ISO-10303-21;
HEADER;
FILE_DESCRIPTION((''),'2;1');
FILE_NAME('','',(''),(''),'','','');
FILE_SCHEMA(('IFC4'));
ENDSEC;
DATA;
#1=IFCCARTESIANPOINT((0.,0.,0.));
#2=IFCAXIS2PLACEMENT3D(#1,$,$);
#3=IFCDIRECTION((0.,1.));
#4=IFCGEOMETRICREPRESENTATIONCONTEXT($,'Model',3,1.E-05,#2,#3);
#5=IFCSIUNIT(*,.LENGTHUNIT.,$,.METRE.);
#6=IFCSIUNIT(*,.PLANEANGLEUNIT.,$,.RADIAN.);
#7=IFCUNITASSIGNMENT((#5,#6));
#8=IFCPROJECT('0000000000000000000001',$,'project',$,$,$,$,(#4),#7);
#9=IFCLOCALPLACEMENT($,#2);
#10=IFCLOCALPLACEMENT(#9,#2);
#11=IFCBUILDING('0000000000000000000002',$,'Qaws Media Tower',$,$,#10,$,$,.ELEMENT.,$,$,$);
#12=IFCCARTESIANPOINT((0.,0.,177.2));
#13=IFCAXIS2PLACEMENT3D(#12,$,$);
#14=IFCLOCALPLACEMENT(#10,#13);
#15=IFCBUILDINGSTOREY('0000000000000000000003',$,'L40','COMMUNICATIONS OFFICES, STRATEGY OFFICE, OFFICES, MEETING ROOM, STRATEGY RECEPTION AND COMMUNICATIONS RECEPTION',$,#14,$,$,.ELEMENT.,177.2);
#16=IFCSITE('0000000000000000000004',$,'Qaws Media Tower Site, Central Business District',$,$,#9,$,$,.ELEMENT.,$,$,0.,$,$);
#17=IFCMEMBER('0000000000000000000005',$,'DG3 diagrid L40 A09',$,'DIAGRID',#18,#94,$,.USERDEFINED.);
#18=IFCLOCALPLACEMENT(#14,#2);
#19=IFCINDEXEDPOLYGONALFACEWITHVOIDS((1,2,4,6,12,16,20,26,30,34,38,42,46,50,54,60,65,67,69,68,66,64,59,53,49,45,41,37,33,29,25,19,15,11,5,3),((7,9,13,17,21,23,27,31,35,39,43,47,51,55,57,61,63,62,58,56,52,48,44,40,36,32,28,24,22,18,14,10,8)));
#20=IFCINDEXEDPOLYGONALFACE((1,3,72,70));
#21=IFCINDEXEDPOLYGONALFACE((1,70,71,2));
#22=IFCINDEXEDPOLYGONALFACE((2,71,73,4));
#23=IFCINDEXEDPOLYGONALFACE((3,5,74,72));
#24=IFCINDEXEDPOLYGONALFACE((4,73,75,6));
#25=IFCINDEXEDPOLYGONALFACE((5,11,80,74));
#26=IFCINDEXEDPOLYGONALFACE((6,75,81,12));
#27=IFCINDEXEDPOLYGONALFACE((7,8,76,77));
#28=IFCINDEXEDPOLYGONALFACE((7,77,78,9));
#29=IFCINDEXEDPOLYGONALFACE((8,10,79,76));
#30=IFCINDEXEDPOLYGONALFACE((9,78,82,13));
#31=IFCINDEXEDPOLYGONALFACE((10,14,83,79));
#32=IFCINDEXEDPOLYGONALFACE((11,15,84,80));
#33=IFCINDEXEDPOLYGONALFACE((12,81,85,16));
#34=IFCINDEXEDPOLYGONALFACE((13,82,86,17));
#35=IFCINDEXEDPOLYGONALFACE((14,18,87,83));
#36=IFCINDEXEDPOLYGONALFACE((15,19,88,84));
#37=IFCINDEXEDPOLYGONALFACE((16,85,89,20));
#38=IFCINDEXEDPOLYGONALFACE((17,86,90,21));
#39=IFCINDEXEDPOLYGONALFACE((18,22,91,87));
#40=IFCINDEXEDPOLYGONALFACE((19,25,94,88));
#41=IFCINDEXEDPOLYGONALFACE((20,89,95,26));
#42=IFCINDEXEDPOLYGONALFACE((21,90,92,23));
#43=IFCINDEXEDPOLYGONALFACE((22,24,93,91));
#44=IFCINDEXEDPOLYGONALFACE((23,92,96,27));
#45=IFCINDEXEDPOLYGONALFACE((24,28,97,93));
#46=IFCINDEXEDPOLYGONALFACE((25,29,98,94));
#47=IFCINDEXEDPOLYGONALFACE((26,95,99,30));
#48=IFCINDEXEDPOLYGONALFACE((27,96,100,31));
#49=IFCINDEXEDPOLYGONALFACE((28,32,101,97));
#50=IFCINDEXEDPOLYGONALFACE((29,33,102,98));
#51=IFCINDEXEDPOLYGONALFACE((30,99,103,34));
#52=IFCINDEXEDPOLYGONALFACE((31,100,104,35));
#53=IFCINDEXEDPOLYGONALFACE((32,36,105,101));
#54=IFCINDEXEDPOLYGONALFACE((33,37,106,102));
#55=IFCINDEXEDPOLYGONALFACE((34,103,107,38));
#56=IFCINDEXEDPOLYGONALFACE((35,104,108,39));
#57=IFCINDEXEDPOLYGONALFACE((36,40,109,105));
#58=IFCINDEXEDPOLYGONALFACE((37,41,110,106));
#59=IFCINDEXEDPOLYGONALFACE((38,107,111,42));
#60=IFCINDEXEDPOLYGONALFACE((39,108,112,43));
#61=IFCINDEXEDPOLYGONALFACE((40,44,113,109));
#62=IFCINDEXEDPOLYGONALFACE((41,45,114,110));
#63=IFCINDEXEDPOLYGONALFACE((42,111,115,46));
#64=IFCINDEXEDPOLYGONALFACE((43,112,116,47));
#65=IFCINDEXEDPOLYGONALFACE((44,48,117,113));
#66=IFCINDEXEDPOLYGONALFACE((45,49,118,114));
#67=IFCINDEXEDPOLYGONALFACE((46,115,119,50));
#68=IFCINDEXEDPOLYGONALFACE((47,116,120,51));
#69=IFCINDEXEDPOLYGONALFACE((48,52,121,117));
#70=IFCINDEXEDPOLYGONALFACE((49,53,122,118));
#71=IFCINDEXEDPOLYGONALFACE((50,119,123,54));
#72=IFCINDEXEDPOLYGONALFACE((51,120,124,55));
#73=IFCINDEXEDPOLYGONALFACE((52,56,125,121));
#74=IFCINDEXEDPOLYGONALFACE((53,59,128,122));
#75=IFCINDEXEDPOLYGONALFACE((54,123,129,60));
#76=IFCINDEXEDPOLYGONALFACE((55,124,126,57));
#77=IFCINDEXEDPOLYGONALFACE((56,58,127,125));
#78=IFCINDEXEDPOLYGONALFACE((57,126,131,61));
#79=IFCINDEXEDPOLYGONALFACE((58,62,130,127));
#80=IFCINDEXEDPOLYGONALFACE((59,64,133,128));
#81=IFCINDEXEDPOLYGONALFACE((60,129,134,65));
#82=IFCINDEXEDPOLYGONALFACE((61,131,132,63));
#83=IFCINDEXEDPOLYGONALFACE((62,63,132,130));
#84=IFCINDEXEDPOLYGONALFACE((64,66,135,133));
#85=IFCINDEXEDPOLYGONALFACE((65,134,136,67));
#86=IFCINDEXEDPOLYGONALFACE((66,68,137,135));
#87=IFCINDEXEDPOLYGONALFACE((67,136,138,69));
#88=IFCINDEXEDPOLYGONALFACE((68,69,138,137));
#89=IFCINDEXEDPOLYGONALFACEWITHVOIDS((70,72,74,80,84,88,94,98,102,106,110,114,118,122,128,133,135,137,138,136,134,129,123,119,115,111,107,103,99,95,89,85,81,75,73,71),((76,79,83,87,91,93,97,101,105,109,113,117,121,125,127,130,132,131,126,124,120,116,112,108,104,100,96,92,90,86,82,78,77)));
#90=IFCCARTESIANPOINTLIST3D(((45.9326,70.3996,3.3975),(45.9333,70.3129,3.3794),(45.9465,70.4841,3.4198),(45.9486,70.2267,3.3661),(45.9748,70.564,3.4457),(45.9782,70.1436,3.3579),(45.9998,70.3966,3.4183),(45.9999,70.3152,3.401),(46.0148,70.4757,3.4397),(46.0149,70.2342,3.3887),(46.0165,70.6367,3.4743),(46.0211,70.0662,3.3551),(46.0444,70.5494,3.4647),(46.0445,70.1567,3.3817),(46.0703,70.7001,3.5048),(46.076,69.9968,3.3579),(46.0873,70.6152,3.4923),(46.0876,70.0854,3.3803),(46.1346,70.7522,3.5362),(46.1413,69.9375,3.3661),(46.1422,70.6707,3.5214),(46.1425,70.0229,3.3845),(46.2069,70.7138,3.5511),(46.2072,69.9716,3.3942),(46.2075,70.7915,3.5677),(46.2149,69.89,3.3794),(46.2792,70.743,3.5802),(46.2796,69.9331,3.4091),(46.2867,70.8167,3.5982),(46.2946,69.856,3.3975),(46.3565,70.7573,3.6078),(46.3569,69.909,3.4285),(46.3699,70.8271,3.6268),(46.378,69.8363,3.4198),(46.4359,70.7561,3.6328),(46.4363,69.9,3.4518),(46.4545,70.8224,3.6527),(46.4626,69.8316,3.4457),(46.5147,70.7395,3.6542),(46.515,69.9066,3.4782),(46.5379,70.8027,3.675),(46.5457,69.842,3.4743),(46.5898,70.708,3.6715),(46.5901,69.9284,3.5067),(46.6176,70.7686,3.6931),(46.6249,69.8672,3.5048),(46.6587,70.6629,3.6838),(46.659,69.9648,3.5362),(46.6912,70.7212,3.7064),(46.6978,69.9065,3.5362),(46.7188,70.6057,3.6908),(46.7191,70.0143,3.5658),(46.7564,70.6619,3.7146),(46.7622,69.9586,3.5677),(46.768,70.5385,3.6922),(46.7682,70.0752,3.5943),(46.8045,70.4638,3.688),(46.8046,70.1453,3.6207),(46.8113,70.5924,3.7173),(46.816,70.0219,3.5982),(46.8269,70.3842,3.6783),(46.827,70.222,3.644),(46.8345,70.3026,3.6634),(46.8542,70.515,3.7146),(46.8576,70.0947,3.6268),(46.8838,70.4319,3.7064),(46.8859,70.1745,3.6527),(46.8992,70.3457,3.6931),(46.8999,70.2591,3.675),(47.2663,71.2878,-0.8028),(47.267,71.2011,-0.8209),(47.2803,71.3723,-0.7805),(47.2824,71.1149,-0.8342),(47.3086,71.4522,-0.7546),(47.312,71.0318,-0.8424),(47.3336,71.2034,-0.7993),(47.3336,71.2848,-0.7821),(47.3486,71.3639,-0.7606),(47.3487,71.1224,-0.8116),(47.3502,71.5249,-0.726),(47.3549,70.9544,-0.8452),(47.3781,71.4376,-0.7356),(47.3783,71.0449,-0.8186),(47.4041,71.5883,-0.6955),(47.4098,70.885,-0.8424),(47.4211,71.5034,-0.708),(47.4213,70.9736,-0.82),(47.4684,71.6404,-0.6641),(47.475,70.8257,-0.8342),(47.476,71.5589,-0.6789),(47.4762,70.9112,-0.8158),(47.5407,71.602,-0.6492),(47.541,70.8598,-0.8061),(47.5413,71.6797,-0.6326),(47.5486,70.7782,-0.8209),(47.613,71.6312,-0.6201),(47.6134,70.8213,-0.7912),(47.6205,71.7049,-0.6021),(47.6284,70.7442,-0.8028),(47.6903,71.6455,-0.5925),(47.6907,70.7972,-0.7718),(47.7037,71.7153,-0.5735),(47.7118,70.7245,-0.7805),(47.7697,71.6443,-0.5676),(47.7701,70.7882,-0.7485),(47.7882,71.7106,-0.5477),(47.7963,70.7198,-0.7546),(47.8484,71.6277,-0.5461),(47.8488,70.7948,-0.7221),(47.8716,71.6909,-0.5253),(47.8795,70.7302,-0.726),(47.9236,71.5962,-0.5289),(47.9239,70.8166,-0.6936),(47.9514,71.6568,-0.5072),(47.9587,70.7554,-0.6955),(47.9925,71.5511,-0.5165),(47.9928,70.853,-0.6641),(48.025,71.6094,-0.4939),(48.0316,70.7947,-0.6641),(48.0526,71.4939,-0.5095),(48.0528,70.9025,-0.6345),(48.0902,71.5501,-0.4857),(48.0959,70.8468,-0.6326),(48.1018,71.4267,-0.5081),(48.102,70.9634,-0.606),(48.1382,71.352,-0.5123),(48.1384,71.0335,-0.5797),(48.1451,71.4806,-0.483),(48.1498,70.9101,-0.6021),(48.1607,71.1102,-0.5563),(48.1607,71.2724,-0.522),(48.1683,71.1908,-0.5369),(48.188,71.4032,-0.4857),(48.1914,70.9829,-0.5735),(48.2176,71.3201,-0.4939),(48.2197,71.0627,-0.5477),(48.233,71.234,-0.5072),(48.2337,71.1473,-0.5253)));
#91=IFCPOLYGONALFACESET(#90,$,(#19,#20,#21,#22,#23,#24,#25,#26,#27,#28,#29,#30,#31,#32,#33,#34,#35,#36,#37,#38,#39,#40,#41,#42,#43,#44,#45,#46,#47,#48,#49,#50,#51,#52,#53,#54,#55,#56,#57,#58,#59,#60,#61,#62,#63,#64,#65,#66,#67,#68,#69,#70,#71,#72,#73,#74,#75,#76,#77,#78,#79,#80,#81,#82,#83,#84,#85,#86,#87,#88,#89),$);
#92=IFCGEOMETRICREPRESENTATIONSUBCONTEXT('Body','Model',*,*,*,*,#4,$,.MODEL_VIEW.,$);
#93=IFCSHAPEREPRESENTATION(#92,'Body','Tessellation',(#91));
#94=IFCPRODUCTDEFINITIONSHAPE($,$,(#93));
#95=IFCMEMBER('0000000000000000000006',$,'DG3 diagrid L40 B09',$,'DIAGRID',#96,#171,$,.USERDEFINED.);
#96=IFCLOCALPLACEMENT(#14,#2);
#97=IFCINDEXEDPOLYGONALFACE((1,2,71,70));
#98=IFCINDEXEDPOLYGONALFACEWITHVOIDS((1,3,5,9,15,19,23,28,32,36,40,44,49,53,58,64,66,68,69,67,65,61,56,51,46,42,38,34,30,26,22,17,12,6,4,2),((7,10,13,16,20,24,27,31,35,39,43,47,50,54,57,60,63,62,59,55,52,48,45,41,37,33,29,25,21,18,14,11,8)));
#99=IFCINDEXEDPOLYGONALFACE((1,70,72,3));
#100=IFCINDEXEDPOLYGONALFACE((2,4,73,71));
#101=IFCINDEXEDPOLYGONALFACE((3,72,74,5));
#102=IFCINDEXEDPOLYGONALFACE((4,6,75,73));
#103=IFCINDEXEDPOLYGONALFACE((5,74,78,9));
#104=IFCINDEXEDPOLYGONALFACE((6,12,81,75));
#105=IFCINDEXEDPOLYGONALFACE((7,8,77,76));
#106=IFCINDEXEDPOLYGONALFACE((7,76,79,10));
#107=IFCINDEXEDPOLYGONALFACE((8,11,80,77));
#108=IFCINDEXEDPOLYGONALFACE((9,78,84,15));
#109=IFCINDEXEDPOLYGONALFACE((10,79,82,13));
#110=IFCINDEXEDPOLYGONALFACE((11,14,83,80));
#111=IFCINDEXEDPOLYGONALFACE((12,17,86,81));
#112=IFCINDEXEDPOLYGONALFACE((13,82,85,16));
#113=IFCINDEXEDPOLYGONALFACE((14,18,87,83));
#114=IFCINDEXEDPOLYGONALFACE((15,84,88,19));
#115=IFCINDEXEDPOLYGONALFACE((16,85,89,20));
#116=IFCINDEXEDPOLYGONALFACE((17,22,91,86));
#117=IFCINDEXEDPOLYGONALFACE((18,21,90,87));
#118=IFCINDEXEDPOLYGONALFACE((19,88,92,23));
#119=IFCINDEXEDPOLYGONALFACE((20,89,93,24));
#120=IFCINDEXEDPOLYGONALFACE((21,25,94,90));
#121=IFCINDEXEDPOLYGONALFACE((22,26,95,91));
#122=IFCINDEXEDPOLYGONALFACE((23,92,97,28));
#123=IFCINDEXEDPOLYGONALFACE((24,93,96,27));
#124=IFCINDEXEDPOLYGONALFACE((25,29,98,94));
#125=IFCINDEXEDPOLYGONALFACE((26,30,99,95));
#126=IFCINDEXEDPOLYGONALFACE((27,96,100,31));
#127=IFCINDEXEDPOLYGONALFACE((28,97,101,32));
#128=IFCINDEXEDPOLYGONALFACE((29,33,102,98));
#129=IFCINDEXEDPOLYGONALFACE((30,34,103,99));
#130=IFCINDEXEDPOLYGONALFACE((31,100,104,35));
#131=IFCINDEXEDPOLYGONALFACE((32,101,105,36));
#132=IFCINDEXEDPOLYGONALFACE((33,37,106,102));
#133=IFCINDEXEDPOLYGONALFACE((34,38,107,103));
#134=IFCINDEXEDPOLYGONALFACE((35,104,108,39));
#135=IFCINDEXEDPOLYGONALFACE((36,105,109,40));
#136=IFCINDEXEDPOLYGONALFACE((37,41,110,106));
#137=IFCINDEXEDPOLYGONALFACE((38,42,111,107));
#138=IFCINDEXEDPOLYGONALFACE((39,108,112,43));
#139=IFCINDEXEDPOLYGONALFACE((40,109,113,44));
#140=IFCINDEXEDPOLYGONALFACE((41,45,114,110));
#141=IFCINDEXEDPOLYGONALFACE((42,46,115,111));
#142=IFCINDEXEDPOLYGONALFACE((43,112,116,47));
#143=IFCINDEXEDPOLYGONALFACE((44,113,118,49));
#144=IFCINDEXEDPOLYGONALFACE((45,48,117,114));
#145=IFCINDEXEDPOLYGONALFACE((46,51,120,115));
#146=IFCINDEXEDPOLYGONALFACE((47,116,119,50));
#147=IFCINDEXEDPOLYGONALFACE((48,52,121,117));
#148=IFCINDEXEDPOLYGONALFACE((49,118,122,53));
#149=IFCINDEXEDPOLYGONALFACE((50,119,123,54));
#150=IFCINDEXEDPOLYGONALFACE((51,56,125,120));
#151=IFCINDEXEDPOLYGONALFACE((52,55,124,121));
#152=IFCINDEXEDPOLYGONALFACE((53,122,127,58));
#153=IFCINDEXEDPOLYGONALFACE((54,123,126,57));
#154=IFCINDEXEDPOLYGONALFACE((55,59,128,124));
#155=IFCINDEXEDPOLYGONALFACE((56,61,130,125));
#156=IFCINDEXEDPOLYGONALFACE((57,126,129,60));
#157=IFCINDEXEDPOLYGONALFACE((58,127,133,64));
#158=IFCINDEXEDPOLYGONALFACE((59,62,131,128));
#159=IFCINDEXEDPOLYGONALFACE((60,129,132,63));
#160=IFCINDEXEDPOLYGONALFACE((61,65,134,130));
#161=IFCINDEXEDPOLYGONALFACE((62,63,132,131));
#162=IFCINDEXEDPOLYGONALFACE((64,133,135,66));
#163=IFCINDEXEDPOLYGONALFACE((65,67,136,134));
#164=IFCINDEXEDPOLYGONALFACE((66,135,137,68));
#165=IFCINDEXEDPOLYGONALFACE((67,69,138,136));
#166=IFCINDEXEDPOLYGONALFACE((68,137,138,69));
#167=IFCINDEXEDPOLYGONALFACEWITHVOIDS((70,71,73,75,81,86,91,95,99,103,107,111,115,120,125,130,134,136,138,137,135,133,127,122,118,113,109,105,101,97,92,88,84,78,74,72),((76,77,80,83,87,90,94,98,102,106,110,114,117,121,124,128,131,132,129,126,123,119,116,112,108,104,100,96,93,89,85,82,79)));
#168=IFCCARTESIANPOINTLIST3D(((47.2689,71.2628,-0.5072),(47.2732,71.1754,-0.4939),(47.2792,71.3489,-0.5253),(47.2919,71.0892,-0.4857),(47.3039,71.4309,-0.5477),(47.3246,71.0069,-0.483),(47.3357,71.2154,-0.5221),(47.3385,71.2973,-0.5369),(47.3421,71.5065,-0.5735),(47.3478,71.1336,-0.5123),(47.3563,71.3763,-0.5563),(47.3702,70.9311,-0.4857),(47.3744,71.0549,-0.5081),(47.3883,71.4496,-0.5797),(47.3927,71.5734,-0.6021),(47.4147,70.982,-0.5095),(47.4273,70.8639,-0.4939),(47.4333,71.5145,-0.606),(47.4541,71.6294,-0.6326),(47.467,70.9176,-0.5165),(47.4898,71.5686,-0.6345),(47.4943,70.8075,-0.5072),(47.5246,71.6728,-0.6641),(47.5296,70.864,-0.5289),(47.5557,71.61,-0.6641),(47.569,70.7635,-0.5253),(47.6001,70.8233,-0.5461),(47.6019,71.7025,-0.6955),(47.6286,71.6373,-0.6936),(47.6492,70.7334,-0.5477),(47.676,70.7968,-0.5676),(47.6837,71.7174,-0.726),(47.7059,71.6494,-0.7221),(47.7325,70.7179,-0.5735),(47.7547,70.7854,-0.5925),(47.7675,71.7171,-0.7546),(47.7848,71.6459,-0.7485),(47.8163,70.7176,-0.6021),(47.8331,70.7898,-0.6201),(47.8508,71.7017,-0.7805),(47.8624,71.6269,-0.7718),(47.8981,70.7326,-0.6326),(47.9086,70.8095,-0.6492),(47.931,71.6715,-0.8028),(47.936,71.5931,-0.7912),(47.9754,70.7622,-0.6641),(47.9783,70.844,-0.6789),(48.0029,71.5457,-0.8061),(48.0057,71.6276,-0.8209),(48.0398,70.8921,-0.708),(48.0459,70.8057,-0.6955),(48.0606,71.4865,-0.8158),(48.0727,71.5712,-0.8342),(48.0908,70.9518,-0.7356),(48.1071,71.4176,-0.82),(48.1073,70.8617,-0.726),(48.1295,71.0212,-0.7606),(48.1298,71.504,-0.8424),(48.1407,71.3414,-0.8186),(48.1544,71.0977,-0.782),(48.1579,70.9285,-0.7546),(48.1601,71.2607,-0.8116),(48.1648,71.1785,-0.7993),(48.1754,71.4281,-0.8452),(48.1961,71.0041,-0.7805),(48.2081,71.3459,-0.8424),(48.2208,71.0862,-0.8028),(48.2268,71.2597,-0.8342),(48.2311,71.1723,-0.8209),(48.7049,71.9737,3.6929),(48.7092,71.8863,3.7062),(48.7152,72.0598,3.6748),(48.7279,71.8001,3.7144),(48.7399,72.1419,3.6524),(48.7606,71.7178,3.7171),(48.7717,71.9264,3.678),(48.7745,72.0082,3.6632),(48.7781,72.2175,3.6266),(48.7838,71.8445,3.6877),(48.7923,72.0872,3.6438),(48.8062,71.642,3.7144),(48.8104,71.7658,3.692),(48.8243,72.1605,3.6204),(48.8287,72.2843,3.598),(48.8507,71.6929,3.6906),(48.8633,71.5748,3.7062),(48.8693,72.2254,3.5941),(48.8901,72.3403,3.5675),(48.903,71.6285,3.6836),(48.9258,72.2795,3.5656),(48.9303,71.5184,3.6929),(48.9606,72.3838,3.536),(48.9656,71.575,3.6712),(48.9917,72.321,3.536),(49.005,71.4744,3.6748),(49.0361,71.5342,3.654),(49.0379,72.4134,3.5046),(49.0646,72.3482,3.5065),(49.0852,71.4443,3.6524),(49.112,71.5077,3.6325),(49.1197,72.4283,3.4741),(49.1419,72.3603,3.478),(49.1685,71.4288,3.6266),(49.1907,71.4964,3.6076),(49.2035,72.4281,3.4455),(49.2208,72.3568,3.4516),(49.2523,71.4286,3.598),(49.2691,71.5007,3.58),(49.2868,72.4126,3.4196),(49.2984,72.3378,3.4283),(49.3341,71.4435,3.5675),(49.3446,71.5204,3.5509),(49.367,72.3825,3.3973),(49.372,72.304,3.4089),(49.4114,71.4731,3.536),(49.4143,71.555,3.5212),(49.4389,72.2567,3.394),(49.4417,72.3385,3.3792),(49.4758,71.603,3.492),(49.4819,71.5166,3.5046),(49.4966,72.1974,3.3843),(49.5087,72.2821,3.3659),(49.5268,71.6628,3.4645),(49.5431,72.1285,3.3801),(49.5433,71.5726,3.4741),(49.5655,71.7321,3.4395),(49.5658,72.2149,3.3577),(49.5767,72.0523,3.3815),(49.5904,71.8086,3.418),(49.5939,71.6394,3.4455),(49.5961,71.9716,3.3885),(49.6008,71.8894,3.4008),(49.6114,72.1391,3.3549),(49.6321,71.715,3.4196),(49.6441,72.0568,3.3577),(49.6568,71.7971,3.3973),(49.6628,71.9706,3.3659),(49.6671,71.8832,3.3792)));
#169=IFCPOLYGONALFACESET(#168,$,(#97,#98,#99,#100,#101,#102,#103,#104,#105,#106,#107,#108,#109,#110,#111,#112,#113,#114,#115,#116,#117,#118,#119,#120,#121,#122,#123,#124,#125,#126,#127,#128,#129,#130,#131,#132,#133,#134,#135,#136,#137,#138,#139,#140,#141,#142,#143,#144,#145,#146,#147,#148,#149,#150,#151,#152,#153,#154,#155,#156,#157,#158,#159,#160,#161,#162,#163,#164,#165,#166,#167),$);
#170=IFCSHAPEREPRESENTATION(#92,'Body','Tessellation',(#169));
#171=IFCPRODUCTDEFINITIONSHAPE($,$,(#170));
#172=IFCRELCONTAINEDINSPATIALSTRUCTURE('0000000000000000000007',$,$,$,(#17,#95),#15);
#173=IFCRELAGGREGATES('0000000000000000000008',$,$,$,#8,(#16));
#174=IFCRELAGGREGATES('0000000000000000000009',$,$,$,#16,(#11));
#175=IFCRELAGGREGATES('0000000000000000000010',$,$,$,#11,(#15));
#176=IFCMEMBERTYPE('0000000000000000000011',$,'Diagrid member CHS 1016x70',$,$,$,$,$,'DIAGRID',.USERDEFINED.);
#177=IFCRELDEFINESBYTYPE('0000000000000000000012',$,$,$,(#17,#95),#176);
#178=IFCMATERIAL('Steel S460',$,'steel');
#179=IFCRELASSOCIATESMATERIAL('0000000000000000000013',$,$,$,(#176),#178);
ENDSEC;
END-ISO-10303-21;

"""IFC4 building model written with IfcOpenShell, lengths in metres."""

from ifc_helpers import new_model, si_unit, direction, frame, origin, origin_2d, place, context, subcontext, project, spatial, hollow_circle, extrude, material, material_profile, profile_set, type_object, element, save


model = new_model("IFC4")

# Units and contexts
model_context = context("Model", 3, precision=1e-05, world=origin(), true_north=direction((0.0, 1.0)))
body_context = subcontext(model_context, "Body", "Model", "MODEL_VIEW")
ifc_project = project(units=[si_unit("LENGTHUNIT", "METRE"), si_unit("PLANEANGLEUNIT", "RADIAN")], contexts=[model_context])

# Site, building, storey
site_placement = place(None, origin())
site = spatial("IfcSite", under=ifc_project, at=site_placement, Name="Qaws Media Tower Site, Central Business District", CompositionType="ELEMENT", RefElevation=0.0)
building_placement = place(site_placement, origin())
building = spatial("IfcBuilding", under=site, at=building_placement, Name="Qaws Media Tower", CompositionType="ELEMENT")
storey_placement = place(building_placement, frame((0.0, 0.0, 177.2)))
storey = spatial("IfcBuildingStorey", under=building, at=storey_placement, Name="L40", Description="COMMUNICATIONS OFFICES, STRATEGY OFFICE, OFFICES, MEETING ROOM, STRATEGY RECEPTION AND COMMUNICATIONS RECEPTION", CompositionType="ELEMENT", Elevation=177.2)

# Members
ifc_material_1 = material(Name="Steel S460", Category="steel")
ifc_material_profile_1 = material_profile(ifc_material_1, hollow_circle(Radius=0.5081, WallThickness=0.0701, at=origin_2d()), Name="CHS 1016x70")
ifc_profile_set_1 = profile_set([ifc_material_profile_1], Name="Steel S460")
member_type_1 = type_object("IfcMemberType", Name="Diagrid member CHS 1016x70", ElementType="DIAGRID", PredefinedType="USERDEFINED", material=ifc_profile_set_1)
member_1_placement = place(storey_placement, frame((47.75, 71.2175, -0.6641), z_axis=(-0.296684, -0.197572, 0.934314), x_axis=(0.554278, -0.832331, 0.0)))
element("IfcMember", 1, at=member_1_placement, inside=storey, type_object=member_type_1, Name="DG3 diagrid L40 A09", ObjectType="DIAGRID", PredefinedType="USERDEFINED", context=body_context, shape_type="SweptSolid", body=[
    extrude(hollow_circle(Radius=0.5081, WallThickness=0.0701, at=origin_2d()), origin(), (0.0, 0.0, 1.0), 4.4956),
])
member_2_placement = place(storey_placement, frame((47.75, 71.2175, -0.6641), z_axis=(0.31944, 0.158145, 0.934317), x_axis=(-0.443675, 0.896188, 0.0)))
element("IfcMember", 2, at=member_2_placement, inside=storey, type_object=member_type_1, Name="DG3 diagrid L40 B09", ObjectType="DIAGRID", PredefinedType="USERDEFINED", context=body_context, shape_type="SweptSolid", body=[
    extrude(hollow_circle(Radius=0.5081, WallThickness=0.0701, at=origin_2d()), origin(), (0.0, 0.0, 1.0), 4.4954),
])

save(model, "model.ifc")
